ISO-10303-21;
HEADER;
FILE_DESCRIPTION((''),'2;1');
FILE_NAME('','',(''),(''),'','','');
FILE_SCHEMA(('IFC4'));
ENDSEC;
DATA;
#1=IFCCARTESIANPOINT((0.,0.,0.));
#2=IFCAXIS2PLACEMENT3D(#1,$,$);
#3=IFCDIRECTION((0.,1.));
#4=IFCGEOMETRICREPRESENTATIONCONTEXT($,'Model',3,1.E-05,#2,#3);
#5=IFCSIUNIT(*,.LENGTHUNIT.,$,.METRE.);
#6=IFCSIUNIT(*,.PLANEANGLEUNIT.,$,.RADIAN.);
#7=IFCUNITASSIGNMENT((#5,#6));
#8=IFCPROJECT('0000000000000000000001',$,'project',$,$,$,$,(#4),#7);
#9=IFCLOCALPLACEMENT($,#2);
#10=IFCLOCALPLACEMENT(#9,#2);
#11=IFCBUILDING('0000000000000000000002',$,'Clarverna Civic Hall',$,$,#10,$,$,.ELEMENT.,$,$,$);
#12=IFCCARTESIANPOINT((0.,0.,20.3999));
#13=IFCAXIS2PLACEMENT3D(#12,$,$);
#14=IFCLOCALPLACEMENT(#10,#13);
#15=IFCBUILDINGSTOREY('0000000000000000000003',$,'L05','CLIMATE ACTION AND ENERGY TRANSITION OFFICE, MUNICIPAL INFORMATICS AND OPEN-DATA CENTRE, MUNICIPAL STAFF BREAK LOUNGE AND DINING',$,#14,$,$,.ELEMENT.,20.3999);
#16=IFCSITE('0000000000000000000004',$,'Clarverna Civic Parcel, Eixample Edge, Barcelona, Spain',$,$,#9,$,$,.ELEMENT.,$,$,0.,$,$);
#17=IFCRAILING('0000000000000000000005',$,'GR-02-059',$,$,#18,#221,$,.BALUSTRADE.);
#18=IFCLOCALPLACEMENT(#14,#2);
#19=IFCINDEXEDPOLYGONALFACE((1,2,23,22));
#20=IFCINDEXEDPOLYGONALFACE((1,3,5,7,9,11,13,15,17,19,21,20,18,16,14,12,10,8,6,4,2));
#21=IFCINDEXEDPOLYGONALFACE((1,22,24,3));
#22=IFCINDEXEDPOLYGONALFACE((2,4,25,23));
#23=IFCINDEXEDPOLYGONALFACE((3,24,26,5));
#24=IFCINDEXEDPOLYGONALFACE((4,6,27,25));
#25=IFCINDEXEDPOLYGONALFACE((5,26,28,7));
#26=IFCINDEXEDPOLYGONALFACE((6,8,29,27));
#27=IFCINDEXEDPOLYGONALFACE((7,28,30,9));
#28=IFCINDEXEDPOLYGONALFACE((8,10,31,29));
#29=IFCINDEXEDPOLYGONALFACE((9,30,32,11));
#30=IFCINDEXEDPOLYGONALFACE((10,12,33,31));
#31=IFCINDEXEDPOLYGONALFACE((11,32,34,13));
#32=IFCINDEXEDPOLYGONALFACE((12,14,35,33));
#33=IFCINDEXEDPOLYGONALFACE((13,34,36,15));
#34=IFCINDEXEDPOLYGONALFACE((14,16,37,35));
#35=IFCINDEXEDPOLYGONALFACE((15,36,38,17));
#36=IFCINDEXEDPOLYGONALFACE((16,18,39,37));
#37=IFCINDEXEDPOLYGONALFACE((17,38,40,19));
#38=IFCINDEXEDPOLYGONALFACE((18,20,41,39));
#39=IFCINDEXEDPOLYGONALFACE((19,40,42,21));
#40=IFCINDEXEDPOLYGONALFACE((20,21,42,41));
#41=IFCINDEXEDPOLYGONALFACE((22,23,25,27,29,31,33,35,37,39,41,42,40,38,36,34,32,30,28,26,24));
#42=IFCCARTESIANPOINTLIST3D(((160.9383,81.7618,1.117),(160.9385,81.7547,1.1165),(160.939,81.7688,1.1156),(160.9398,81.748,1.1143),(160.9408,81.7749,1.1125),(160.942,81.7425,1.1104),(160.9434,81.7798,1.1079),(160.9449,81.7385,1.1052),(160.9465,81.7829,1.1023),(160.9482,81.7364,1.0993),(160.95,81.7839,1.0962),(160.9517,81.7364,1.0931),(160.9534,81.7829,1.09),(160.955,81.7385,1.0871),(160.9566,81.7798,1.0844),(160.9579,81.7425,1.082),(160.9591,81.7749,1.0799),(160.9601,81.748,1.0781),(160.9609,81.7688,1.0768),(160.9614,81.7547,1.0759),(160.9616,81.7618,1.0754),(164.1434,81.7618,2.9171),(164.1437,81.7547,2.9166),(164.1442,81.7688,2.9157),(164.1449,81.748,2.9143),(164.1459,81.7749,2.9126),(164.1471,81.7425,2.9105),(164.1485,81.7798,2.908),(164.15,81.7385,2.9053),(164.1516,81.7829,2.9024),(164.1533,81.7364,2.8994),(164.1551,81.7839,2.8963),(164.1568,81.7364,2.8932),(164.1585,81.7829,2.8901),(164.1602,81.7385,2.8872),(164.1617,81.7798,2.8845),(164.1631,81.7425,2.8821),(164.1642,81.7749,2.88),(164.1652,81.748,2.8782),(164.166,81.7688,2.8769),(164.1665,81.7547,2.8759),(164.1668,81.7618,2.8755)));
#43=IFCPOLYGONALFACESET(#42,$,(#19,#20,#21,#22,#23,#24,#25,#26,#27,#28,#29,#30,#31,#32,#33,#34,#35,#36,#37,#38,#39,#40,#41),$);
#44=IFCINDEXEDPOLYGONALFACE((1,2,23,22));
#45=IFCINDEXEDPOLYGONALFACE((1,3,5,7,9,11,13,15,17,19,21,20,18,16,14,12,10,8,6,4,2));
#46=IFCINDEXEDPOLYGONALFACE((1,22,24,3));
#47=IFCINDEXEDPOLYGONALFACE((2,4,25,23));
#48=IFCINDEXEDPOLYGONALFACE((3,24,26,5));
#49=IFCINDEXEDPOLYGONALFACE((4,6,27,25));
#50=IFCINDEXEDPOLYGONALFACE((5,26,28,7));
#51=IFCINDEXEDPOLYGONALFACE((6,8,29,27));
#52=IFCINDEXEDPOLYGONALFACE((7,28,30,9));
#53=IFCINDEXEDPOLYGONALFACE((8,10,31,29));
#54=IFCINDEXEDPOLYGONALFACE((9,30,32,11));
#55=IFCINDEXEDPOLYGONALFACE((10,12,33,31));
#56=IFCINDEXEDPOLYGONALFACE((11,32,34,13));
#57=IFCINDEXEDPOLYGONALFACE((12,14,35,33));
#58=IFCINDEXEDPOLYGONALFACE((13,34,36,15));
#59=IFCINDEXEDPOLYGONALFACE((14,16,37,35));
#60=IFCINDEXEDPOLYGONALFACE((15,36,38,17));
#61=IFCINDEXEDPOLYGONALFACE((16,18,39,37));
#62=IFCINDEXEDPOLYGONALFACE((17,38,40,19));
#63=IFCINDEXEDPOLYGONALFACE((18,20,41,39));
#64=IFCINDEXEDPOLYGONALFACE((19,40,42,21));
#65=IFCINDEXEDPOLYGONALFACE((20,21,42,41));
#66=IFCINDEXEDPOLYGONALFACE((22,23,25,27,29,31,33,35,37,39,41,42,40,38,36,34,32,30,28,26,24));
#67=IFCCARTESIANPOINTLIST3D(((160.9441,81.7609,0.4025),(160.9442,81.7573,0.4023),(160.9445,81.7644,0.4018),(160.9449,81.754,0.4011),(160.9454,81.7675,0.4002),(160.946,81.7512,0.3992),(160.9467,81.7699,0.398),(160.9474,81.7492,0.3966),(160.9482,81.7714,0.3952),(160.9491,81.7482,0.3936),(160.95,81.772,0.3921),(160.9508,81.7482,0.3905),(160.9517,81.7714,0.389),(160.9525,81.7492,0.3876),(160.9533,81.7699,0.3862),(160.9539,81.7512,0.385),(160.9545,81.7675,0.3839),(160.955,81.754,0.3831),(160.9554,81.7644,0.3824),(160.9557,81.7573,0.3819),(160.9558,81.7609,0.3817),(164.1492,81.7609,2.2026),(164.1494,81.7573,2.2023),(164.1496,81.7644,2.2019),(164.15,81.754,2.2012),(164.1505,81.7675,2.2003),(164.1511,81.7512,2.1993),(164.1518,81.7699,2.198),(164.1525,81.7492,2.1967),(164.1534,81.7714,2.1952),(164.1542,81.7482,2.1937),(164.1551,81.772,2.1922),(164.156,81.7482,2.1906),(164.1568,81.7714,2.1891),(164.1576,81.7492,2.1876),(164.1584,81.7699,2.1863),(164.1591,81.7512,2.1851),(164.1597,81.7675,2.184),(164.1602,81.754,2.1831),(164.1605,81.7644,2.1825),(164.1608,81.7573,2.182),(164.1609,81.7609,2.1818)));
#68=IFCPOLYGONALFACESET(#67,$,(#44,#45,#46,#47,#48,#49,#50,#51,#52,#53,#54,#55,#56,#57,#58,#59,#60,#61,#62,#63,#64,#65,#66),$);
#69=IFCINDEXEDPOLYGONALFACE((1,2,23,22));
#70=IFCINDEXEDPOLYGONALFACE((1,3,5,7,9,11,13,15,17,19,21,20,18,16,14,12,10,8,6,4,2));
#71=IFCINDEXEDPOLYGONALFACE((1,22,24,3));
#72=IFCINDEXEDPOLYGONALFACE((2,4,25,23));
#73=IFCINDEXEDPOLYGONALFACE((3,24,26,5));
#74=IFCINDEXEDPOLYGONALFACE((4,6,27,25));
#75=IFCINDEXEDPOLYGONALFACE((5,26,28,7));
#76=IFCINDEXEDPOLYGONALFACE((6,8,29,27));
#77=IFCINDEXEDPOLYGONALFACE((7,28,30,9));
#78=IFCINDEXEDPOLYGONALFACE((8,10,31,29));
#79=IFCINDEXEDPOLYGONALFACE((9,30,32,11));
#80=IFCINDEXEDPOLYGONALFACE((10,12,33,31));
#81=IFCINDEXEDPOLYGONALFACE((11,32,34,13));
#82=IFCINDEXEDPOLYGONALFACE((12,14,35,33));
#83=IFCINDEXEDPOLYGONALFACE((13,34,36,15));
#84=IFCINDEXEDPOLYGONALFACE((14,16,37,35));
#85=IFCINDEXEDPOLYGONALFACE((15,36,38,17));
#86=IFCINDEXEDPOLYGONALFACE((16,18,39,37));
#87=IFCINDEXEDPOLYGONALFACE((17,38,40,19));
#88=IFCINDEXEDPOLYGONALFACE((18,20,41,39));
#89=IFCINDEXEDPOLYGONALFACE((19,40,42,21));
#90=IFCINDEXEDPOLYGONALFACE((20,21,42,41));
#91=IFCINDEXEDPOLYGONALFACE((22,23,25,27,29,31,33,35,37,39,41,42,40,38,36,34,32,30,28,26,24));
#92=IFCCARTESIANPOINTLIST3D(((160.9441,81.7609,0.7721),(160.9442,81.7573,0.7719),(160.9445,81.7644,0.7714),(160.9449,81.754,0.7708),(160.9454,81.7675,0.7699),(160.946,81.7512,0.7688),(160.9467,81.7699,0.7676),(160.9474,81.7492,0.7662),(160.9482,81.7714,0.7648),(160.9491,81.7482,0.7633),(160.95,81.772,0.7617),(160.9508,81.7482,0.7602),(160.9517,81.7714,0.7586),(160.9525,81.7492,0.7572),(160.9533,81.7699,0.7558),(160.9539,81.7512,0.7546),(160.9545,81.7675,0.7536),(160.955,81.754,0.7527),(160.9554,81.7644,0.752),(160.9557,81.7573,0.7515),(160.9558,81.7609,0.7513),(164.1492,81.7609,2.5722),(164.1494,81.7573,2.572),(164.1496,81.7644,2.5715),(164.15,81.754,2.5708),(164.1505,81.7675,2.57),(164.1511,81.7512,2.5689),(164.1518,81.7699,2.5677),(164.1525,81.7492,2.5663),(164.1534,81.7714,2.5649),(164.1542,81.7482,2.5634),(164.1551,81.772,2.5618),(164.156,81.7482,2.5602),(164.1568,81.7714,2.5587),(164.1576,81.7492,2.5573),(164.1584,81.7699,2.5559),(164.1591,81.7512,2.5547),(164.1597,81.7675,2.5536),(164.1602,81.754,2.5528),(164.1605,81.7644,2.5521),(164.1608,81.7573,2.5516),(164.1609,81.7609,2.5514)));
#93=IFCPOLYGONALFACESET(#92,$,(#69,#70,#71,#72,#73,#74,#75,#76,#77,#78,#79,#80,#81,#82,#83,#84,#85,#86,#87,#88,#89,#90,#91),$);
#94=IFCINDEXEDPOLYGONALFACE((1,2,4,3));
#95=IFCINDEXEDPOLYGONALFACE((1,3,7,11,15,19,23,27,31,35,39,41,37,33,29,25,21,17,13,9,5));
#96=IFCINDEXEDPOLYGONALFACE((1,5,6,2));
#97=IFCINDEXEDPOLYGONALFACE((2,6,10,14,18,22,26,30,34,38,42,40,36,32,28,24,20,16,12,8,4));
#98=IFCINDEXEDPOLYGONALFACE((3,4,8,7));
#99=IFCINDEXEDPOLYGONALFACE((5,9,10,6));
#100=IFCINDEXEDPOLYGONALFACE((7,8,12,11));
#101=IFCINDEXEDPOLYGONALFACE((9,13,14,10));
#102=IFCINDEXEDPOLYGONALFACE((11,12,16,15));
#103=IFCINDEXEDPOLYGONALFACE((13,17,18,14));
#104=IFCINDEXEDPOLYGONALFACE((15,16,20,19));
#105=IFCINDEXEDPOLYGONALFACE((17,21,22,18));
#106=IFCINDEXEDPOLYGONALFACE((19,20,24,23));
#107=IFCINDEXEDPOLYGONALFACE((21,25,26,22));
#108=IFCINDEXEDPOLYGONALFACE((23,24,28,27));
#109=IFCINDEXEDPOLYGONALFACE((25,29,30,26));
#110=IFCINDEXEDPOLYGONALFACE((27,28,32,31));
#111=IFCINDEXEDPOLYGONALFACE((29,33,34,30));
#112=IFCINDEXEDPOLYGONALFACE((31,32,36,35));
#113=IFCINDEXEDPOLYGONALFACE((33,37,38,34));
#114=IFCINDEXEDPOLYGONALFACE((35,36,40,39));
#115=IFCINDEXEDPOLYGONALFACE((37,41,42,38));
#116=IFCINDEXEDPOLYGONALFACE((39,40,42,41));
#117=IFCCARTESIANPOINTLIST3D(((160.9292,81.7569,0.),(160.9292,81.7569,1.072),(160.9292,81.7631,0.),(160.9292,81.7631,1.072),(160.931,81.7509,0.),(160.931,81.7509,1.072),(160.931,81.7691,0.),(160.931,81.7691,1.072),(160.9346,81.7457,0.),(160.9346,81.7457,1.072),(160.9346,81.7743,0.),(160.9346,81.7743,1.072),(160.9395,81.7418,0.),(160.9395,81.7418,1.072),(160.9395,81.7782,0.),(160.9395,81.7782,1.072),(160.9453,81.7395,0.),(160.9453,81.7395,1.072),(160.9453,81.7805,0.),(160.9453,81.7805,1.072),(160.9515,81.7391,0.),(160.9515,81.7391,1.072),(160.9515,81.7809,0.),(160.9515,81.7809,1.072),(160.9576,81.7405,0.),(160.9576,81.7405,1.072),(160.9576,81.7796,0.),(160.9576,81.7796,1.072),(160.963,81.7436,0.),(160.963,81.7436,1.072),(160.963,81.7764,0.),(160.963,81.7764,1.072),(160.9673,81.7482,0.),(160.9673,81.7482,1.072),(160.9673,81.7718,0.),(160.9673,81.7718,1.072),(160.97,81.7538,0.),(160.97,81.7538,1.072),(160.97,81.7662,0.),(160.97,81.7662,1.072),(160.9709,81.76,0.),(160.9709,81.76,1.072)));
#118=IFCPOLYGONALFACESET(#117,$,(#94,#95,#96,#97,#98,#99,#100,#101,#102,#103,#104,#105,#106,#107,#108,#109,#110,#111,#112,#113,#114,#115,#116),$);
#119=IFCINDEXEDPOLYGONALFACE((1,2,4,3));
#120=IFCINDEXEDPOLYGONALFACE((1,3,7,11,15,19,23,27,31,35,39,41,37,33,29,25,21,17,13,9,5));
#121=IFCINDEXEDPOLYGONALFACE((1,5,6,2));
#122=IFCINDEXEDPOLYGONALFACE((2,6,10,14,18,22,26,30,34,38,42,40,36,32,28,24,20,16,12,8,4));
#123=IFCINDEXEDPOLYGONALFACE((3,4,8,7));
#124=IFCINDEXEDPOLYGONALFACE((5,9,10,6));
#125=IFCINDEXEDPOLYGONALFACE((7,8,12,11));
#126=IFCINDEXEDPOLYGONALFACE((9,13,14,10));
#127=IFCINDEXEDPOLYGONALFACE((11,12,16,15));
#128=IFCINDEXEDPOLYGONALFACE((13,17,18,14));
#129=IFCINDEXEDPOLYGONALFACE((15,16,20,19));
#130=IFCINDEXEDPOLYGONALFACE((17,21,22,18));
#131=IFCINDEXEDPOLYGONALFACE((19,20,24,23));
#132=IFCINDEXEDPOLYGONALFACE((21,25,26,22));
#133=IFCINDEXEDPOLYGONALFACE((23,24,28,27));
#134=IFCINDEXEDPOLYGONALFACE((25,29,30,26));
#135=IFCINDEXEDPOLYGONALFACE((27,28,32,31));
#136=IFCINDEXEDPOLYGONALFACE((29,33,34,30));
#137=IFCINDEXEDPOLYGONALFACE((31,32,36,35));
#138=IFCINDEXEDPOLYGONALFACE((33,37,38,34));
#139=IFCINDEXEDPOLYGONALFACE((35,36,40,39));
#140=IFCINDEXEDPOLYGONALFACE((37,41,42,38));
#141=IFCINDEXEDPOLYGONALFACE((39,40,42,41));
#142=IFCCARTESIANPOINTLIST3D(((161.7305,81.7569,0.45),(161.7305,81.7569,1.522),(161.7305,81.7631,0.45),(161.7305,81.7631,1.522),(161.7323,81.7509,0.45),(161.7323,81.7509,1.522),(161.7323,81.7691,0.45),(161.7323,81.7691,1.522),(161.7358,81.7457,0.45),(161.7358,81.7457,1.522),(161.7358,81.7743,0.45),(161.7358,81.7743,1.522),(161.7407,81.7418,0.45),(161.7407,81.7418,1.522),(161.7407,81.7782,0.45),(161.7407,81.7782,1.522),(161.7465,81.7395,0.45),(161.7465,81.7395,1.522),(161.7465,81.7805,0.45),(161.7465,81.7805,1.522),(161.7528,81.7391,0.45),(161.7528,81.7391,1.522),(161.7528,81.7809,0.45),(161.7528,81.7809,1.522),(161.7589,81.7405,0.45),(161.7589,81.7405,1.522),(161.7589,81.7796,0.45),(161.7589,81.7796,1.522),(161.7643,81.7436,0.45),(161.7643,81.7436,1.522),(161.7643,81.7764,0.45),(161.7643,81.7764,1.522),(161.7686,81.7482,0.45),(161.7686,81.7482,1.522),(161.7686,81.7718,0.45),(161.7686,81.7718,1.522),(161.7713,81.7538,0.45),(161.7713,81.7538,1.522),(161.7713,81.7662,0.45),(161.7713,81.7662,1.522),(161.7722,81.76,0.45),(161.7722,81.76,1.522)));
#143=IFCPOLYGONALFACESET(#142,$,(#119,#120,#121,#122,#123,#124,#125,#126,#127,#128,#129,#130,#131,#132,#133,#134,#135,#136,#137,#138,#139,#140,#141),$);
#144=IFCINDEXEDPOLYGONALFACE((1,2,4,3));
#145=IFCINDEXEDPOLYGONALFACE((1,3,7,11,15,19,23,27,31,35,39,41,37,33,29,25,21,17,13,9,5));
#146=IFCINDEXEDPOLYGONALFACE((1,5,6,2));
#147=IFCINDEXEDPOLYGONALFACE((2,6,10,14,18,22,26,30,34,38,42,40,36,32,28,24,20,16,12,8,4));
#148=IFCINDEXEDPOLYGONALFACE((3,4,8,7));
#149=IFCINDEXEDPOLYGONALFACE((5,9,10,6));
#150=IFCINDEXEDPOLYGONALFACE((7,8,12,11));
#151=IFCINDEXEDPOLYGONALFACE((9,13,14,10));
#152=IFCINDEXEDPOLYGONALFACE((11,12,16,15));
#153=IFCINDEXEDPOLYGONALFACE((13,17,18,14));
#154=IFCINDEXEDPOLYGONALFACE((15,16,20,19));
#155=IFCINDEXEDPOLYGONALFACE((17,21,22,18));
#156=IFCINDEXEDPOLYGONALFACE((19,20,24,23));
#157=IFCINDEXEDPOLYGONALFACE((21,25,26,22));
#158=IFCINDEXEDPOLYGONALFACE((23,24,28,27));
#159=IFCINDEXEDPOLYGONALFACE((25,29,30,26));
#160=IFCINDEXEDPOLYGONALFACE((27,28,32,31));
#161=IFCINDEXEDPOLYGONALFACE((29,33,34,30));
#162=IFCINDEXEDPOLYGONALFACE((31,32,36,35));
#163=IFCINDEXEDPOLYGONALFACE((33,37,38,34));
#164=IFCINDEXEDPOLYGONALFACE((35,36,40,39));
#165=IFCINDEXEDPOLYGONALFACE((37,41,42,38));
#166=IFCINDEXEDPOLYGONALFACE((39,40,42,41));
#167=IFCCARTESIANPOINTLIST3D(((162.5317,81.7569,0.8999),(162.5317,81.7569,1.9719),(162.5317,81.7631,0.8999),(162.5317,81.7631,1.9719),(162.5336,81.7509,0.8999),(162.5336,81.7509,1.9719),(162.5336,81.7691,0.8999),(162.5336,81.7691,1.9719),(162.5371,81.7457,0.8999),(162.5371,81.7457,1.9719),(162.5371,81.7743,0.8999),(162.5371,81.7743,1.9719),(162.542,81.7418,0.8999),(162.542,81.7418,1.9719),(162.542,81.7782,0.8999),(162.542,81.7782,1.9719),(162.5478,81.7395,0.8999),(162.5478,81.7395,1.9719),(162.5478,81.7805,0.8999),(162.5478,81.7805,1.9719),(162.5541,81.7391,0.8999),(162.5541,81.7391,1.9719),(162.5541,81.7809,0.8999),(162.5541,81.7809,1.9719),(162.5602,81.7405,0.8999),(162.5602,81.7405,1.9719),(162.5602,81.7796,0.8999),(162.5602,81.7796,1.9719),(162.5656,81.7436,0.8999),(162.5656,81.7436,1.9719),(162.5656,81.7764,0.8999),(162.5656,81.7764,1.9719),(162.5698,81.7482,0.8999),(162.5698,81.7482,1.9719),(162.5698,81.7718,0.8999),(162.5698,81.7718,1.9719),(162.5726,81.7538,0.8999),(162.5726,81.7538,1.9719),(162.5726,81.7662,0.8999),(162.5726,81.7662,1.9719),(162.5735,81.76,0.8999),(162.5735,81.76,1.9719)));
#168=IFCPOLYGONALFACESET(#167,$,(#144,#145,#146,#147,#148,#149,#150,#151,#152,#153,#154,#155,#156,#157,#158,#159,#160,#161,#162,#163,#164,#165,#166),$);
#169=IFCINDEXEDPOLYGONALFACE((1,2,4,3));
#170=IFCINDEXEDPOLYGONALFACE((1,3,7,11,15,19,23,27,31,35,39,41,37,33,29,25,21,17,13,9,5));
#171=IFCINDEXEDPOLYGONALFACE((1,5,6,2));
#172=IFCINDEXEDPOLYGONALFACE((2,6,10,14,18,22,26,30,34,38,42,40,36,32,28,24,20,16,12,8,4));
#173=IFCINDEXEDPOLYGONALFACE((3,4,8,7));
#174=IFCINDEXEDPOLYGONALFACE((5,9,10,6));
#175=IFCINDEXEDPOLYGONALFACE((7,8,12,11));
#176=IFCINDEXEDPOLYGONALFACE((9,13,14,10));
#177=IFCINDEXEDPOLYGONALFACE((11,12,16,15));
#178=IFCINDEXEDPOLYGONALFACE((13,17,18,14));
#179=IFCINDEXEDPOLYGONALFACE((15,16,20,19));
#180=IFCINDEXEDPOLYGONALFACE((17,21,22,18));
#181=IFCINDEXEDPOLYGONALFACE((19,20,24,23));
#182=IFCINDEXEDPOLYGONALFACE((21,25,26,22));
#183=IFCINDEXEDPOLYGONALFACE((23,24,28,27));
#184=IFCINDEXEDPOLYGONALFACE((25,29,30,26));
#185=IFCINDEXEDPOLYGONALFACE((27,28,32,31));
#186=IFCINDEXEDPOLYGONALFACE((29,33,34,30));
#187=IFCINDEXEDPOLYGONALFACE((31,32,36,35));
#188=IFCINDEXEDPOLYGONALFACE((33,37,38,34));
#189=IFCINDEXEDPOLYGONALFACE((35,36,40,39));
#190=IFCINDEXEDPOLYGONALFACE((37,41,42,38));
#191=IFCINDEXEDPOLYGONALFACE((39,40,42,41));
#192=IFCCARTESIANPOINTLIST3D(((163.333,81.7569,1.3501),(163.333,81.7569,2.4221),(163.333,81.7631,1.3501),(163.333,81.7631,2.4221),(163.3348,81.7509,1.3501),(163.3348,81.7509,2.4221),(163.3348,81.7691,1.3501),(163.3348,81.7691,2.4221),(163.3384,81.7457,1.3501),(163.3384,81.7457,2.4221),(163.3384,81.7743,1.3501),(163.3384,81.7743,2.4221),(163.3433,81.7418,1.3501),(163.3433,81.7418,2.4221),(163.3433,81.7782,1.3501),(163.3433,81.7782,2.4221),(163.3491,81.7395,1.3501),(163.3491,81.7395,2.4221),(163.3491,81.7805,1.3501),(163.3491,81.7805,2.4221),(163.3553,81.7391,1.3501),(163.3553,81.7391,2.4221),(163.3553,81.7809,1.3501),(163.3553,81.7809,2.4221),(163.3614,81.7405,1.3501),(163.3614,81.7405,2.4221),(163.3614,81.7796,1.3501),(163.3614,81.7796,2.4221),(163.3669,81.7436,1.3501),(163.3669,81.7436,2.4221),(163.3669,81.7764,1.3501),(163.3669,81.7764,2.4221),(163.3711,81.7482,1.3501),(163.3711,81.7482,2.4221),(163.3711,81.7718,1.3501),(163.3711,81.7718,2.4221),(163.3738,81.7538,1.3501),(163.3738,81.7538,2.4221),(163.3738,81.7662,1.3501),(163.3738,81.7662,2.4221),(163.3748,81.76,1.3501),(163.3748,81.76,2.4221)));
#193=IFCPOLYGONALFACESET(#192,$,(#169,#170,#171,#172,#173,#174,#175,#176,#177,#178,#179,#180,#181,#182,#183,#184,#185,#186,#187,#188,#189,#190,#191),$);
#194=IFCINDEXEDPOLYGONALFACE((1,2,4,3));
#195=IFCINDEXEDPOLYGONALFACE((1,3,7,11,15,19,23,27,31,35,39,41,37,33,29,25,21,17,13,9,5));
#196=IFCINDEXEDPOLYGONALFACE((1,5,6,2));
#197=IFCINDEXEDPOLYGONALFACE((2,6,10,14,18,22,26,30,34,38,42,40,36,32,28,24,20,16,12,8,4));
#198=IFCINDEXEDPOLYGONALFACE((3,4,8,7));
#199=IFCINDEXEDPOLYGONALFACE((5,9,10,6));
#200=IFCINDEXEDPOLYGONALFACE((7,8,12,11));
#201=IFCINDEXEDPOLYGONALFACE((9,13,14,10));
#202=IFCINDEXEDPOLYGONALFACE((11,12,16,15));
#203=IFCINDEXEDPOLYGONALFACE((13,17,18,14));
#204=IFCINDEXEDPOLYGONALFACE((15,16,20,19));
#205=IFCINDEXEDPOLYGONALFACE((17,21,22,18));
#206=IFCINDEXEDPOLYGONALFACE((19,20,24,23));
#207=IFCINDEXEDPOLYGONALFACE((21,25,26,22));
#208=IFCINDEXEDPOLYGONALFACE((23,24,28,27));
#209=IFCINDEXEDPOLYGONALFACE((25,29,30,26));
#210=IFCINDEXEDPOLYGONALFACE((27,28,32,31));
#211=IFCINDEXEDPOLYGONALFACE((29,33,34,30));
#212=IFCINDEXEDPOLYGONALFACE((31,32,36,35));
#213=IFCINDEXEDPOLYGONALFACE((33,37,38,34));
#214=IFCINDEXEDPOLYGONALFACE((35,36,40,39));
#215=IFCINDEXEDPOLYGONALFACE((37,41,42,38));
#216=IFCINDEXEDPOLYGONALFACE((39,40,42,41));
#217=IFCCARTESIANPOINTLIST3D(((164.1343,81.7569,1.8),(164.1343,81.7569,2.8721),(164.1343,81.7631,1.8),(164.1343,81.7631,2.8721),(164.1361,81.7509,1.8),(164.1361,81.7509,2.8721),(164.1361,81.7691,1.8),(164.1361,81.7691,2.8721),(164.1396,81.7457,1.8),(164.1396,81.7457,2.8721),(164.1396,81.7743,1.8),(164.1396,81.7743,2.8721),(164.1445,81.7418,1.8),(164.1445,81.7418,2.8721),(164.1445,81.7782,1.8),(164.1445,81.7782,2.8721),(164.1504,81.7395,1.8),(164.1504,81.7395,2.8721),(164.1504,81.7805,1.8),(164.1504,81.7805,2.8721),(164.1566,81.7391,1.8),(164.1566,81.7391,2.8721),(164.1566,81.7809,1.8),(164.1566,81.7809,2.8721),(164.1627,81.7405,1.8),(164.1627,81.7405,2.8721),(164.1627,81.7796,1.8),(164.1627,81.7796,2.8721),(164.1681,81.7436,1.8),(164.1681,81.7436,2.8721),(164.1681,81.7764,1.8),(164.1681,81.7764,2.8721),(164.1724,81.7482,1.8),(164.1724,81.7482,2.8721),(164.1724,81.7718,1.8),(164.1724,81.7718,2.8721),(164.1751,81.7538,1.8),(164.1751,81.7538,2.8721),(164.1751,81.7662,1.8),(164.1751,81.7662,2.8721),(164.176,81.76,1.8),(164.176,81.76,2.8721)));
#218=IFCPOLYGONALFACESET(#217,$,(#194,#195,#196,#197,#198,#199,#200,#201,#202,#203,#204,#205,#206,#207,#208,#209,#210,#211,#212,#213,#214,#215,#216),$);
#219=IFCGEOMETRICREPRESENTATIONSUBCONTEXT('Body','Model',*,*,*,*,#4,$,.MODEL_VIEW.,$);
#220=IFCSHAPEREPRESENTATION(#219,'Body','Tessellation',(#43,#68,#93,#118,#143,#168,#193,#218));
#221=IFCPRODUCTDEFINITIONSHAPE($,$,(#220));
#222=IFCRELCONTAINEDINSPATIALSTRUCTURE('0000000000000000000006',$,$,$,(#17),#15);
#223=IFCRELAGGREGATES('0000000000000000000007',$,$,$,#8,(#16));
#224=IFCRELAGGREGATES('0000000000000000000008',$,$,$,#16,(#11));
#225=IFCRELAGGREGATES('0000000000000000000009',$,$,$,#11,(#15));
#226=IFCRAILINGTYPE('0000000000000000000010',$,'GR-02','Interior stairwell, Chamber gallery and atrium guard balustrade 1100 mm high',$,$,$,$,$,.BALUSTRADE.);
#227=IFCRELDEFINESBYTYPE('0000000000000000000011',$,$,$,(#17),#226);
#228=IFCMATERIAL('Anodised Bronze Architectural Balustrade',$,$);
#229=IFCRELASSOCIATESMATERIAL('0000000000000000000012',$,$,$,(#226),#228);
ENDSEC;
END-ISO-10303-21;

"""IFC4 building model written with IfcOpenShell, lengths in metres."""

from ifc_helpers import new_model, si_unit, direction, frame, origin, origin_2d, place, context, subcontext, project, spatial, circle, extrude, material, type_object, element, save


model = new_model("IFC4")

# Units and contexts
model_context = context("Model", 3, precision=1e-05, world=origin(), true_north=direction((0.0, 1.0)))
body_context = subcontext(model_context, "Body", "Model", "MODEL_VIEW")
ifc_project = project(units=[si_unit("LENGTHUNIT", "METRE"), si_unit("PLANEANGLEUNIT", "RADIAN")], contexts=[model_context])

# Site, building, storey
site_placement = place(None, origin())
site = spatial("IfcSite", under=ifc_project, at=site_placement, Name="Clarverna Civic Parcel, Eixample Edge, Barcelona, Spain", CompositionType="ELEMENT", RefElevation=0.0)
building_placement = place(site_placement, origin())
building = spatial("IfcBuilding", under=site, at=building_placement, Name="Clarverna Civic Hall", CompositionType="ELEMENT")
storey_placement = place(building_placement, frame((0.0, 0.0, 20.3999)))
storey = spatial("IfcBuildingStorey", under=building, at=storey_placement, Name="L05", Description="CLIMATE ACTION AND ENERGY TRANSITION OFFICE, MUNICIPAL INFORMATICS AND OPEN-DATA CENTRE, MUNICIPAL STAFF BREAK LOUNGE AND DINING", CompositionType="ELEMENT", Elevation=20.3999)

# Railing
ifc_material_1 = material(Name="Anodised Bronze Architectural Balustrade")
railing_type_1 = type_object("IfcRailingType", Name="GR-02", Description="Interior stairwell, Chamber gallery and atrium guard balustrade 1100 mm high", PredefinedType="BALUSTRADE", material=ifc_material_1)
railing_1_placement = place(storey_placement, frame((160.95, 81.76, 0.0)))
element("IfcRailing", 1, at=railing_1_placement, inside=storey, type_object=railing_type_1, Name="GR-02-059", PredefinedType="BALUSTRADE", context=body_context, shape_type="SweptSolid", body=[
    extrude(circle(Radius=0.0239, at=origin_2d()), frame((0.0, 0.0, 1.0962), z_axis=(0.871902, 0.0, 0.489681), x_axis=(0.0, 1.0, 0.0)), (0.0, 0.0, 1.0), 3.676),
    extrude(circle(Radius=0.012, at=origin_2d()), frame((0.0, 0.0, 0.3921), z_axis=(0.871902, 0.0, 0.489681), x_axis=(0.0, 1.0, 0.0)), (0.0, 0.0, 1.0), 3.676),
    extrude(circle(Radius=0.012, at=origin_2d()), frame((0.0, 0.0, 0.7617), z_axis=(0.871902, 0.0, 0.489681), x_axis=(0.0, 1.0, 0.0)), (0.0, 0.0, 1.0), 3.676),
    extrude(circle(Radius=0.021, at=origin_2d()), origin(), (0.0, 0.0, 1.0), 1.072),
    extrude(circle(Radius=0.021, at=origin_2d()), frame((0.8013, 0.0, 0.45)), (0.0, 0.0, 1.0), 1.072),
    extrude(circle(Radius=0.021, at=origin_2d()), frame((1.6025, 0.0, 0.8999)), (0.0, 0.0, 1.0), 1.072),
    extrude(circle(Radius=0.021, at=origin_2d()), frame((2.4038, 0.0, 1.3501)), (0.0, 0.0, 1.0), 1.072),
    extrude(circle(Radius=0.021, at=origin_2d()), frame((3.2051, 0.0, 1.8)), (0.0, 0.0, 1.0), 1.072),
])

save(model, "model.ifc")
